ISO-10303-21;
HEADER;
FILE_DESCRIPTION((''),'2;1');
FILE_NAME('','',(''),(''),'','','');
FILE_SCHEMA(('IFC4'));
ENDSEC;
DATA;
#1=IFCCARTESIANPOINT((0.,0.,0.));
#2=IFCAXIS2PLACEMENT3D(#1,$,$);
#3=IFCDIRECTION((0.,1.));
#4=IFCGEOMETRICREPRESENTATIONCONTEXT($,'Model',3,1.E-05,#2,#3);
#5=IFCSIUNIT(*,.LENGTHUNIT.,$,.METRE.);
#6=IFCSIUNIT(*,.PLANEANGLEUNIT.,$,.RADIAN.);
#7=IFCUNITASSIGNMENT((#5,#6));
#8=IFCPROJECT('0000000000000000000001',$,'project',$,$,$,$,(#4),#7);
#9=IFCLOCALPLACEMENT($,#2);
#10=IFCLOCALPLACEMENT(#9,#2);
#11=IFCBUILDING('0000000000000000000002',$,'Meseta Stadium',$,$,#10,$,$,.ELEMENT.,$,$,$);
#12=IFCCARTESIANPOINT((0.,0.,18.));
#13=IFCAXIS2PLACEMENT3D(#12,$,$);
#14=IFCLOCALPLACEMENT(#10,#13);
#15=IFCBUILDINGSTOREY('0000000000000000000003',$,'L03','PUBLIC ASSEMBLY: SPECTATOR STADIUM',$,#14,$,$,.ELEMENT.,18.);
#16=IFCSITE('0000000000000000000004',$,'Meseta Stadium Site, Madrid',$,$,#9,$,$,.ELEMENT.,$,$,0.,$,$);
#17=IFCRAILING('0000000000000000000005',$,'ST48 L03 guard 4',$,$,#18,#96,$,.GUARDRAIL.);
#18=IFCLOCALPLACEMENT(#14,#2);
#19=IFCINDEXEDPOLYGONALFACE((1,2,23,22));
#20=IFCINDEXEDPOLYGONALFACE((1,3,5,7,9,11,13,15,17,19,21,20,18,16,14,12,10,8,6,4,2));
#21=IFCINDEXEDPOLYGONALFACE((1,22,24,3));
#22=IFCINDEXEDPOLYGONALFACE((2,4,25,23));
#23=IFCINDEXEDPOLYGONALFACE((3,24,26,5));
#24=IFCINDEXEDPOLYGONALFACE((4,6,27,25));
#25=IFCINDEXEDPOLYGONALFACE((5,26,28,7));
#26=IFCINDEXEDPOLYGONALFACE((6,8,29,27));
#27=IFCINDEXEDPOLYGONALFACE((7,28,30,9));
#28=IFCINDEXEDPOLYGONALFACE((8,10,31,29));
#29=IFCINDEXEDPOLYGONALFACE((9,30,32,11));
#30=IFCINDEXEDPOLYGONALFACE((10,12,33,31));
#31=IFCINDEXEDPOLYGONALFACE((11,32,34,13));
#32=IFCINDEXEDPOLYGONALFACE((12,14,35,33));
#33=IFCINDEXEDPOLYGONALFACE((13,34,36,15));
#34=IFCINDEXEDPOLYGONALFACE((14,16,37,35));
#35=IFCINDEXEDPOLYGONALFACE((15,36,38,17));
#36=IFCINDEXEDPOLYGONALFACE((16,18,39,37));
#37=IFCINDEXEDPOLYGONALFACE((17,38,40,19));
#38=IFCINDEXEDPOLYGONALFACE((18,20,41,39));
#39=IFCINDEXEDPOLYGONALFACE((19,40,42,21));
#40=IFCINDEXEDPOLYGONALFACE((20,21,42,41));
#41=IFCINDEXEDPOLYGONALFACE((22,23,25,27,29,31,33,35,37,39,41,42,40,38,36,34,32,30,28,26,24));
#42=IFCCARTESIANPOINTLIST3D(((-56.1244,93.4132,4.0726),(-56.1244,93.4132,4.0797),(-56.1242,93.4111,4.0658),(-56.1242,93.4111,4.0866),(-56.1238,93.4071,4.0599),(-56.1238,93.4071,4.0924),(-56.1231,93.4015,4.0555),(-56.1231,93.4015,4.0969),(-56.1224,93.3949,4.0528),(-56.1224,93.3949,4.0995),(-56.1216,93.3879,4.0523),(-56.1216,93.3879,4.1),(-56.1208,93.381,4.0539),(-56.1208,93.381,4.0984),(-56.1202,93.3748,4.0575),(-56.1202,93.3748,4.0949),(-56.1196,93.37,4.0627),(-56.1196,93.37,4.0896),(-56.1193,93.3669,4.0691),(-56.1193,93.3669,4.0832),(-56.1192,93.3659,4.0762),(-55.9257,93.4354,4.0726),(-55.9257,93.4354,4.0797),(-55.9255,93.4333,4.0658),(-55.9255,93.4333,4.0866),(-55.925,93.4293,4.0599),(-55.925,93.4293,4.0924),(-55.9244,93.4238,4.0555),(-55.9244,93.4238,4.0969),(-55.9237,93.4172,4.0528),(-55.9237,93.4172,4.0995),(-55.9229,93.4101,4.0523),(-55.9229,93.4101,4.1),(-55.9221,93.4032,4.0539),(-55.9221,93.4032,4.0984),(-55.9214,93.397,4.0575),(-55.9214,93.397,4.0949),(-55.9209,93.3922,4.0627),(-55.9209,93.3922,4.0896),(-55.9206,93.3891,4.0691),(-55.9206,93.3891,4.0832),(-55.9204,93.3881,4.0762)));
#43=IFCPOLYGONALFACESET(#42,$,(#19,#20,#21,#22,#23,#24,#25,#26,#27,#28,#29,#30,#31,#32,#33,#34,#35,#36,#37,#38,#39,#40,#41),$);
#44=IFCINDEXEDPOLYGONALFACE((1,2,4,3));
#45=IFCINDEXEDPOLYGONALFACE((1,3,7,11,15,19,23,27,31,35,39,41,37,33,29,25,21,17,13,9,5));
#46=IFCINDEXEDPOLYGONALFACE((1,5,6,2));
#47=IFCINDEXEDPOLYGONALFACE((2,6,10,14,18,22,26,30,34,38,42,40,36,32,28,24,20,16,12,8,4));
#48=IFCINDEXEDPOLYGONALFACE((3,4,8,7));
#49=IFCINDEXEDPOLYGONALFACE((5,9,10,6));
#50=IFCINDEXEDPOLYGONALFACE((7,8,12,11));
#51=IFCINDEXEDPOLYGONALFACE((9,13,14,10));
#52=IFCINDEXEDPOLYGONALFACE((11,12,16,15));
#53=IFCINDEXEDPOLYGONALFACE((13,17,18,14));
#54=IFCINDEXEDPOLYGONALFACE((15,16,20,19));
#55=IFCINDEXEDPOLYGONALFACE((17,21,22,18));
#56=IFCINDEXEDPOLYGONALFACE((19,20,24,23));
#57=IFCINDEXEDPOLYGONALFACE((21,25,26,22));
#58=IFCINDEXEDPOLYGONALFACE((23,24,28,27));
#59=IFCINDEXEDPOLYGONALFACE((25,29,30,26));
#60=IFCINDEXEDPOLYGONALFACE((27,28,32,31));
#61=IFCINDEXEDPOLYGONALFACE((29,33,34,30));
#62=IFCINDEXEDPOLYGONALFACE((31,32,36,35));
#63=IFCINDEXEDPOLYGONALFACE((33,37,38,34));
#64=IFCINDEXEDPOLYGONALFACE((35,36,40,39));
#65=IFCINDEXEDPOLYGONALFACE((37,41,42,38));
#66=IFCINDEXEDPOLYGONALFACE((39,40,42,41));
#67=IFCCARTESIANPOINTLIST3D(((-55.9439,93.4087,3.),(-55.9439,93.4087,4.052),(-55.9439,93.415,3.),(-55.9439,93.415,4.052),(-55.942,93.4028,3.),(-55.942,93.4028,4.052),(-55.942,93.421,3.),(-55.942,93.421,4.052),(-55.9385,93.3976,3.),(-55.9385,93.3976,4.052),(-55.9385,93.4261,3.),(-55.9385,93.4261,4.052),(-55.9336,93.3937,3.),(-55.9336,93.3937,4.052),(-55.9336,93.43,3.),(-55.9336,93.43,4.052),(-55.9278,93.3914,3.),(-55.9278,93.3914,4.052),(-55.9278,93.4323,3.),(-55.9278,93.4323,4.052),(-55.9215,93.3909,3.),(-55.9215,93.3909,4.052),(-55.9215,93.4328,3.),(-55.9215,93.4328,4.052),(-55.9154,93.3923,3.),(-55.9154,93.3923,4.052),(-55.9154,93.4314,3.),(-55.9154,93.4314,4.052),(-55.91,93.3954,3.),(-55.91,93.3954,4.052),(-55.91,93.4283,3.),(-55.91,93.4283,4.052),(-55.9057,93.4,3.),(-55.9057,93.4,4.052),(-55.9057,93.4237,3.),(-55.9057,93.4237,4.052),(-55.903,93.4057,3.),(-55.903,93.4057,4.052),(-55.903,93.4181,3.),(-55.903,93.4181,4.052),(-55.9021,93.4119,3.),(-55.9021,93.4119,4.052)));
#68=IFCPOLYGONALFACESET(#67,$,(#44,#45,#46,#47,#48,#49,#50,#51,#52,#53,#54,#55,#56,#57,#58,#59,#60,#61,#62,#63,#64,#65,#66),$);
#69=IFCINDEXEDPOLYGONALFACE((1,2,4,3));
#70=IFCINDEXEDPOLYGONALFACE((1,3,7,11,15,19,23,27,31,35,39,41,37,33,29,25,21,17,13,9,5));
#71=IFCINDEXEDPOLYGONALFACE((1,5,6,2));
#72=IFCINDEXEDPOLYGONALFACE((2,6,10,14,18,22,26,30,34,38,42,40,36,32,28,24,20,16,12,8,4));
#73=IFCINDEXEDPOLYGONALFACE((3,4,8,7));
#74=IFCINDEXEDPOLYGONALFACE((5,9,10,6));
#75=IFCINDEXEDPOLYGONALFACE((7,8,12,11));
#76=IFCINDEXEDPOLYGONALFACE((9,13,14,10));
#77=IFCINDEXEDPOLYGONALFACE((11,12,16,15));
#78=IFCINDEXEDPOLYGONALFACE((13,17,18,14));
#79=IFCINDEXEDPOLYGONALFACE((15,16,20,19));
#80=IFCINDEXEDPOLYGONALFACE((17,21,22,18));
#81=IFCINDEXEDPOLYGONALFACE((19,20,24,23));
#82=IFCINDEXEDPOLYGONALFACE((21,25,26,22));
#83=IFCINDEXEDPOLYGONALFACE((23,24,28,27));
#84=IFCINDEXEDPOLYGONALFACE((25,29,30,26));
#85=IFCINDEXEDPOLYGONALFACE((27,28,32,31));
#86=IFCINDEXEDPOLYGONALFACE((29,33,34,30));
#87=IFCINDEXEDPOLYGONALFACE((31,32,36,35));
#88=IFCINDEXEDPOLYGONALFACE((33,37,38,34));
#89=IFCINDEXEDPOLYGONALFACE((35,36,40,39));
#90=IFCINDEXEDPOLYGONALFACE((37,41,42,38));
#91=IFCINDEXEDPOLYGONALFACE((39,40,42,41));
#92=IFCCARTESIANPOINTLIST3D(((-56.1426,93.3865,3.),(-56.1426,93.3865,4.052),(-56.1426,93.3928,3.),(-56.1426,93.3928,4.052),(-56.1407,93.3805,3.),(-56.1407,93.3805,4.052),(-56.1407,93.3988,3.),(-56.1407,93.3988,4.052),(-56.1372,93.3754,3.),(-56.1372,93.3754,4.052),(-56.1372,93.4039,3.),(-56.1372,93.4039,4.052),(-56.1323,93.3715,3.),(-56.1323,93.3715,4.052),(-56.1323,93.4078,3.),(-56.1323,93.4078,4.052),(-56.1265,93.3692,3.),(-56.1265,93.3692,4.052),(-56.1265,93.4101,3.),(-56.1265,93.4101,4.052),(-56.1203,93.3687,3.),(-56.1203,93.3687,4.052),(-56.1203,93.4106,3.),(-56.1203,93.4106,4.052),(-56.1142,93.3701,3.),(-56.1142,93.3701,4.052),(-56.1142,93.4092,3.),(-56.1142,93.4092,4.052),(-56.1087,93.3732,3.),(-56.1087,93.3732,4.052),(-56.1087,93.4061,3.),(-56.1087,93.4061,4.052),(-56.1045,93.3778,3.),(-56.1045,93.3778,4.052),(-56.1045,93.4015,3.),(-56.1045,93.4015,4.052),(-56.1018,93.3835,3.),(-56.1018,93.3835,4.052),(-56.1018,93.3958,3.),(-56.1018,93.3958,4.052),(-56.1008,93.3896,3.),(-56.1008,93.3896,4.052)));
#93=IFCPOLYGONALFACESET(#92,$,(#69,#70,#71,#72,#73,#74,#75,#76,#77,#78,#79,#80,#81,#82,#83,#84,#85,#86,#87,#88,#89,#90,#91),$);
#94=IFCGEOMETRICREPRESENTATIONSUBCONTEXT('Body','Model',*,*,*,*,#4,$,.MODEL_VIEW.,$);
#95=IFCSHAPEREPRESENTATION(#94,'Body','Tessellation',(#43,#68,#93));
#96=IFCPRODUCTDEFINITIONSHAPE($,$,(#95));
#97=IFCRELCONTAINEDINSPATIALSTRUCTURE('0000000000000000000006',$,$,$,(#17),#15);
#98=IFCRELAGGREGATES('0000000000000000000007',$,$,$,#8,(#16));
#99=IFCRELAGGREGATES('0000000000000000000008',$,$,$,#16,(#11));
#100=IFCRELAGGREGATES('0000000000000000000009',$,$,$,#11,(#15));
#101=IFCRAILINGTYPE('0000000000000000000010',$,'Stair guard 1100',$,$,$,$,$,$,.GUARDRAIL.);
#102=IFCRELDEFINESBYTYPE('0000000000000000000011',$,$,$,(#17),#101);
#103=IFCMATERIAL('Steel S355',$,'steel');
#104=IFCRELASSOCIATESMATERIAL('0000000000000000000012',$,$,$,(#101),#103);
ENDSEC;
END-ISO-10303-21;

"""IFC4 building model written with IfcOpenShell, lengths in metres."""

from ifc_helpers import new_model, si_unit, direction, frame, origin, origin_2d, place, context, subcontext, project, spatial, circle, extrude, material, type_object, element, save


model = new_model("IFC4")

# Units and contexts
model_context = context("Model", 3, precision=1e-05, world=origin(), true_north=direction((0.0, 1.0)))
body_context = subcontext(model_context, "Body", "Model", "MODEL_VIEW")
ifc_project = project(units=[si_unit("LENGTHUNIT", "METRE"), si_unit("PLANEANGLEUNIT", "RADIAN")], contexts=[model_context])

# Site, building, storey
site_placement = place(None, origin())
site = spatial("IfcSite", under=ifc_project, at=site_placement, Name="Meseta Stadium Site, Madrid", CompositionType="ELEMENT", RefElevation=0.0)
building_placement = place(site_placement, origin())
building = spatial("IfcBuilding", under=site, at=building_placement, Name="Meseta Stadium", CompositionType="ELEMENT")
storey_placement = place(building_placement, frame((0.0, 0.0, 18.0)))
storey = spatial("IfcBuildingStorey", under=building, at=storey_placement, Name="L03", Description="PUBLIC ASSEMBLY: SPECTATOR STADIUM", CompositionType="ELEMENT", Elevation=18.0)

# Railing
ifc_material_1 = material(Name="Steel S355", Category="steel")
railing_type_1 = type_object("IfcRailingType", Name="Stair guard 1100", PredefinedType="GUARDRAIL", material=ifc_material_1)
railing_1_placement = place(storey_placement, frame((-55.9231, 93.4119, 3.0)))
element("IfcRailing", 1, at=railing_1_placement, inside=storey, type_object=railing_type_1, Name="ST48 L03 guard 4", PredefinedType="GUARDRAIL", context=body_context, shape_type="SweptSolid", body=[
    extrude(circle(Radius=0.0239, at=origin_2d()), frame((0.0, 0.0, 1.0762), z_axis=(-0.993809, -0.111102, 0.0), x_axis=(0.111102, -0.993809, 0.0)), (0.0, 0.0, 1.0), 0.2),
    extrude(circle(Radius=0.021, at=origin_2d()), origin(), (0.0, 0.0, 1.0), 1.052),
    extrude(circle(Radius=0.021, at=origin_2d()), frame((-0.1987, -0.0222, 0.0)), (0.0, 0.0, 1.0), 1.052),
])

save(model, "model.ifc")
